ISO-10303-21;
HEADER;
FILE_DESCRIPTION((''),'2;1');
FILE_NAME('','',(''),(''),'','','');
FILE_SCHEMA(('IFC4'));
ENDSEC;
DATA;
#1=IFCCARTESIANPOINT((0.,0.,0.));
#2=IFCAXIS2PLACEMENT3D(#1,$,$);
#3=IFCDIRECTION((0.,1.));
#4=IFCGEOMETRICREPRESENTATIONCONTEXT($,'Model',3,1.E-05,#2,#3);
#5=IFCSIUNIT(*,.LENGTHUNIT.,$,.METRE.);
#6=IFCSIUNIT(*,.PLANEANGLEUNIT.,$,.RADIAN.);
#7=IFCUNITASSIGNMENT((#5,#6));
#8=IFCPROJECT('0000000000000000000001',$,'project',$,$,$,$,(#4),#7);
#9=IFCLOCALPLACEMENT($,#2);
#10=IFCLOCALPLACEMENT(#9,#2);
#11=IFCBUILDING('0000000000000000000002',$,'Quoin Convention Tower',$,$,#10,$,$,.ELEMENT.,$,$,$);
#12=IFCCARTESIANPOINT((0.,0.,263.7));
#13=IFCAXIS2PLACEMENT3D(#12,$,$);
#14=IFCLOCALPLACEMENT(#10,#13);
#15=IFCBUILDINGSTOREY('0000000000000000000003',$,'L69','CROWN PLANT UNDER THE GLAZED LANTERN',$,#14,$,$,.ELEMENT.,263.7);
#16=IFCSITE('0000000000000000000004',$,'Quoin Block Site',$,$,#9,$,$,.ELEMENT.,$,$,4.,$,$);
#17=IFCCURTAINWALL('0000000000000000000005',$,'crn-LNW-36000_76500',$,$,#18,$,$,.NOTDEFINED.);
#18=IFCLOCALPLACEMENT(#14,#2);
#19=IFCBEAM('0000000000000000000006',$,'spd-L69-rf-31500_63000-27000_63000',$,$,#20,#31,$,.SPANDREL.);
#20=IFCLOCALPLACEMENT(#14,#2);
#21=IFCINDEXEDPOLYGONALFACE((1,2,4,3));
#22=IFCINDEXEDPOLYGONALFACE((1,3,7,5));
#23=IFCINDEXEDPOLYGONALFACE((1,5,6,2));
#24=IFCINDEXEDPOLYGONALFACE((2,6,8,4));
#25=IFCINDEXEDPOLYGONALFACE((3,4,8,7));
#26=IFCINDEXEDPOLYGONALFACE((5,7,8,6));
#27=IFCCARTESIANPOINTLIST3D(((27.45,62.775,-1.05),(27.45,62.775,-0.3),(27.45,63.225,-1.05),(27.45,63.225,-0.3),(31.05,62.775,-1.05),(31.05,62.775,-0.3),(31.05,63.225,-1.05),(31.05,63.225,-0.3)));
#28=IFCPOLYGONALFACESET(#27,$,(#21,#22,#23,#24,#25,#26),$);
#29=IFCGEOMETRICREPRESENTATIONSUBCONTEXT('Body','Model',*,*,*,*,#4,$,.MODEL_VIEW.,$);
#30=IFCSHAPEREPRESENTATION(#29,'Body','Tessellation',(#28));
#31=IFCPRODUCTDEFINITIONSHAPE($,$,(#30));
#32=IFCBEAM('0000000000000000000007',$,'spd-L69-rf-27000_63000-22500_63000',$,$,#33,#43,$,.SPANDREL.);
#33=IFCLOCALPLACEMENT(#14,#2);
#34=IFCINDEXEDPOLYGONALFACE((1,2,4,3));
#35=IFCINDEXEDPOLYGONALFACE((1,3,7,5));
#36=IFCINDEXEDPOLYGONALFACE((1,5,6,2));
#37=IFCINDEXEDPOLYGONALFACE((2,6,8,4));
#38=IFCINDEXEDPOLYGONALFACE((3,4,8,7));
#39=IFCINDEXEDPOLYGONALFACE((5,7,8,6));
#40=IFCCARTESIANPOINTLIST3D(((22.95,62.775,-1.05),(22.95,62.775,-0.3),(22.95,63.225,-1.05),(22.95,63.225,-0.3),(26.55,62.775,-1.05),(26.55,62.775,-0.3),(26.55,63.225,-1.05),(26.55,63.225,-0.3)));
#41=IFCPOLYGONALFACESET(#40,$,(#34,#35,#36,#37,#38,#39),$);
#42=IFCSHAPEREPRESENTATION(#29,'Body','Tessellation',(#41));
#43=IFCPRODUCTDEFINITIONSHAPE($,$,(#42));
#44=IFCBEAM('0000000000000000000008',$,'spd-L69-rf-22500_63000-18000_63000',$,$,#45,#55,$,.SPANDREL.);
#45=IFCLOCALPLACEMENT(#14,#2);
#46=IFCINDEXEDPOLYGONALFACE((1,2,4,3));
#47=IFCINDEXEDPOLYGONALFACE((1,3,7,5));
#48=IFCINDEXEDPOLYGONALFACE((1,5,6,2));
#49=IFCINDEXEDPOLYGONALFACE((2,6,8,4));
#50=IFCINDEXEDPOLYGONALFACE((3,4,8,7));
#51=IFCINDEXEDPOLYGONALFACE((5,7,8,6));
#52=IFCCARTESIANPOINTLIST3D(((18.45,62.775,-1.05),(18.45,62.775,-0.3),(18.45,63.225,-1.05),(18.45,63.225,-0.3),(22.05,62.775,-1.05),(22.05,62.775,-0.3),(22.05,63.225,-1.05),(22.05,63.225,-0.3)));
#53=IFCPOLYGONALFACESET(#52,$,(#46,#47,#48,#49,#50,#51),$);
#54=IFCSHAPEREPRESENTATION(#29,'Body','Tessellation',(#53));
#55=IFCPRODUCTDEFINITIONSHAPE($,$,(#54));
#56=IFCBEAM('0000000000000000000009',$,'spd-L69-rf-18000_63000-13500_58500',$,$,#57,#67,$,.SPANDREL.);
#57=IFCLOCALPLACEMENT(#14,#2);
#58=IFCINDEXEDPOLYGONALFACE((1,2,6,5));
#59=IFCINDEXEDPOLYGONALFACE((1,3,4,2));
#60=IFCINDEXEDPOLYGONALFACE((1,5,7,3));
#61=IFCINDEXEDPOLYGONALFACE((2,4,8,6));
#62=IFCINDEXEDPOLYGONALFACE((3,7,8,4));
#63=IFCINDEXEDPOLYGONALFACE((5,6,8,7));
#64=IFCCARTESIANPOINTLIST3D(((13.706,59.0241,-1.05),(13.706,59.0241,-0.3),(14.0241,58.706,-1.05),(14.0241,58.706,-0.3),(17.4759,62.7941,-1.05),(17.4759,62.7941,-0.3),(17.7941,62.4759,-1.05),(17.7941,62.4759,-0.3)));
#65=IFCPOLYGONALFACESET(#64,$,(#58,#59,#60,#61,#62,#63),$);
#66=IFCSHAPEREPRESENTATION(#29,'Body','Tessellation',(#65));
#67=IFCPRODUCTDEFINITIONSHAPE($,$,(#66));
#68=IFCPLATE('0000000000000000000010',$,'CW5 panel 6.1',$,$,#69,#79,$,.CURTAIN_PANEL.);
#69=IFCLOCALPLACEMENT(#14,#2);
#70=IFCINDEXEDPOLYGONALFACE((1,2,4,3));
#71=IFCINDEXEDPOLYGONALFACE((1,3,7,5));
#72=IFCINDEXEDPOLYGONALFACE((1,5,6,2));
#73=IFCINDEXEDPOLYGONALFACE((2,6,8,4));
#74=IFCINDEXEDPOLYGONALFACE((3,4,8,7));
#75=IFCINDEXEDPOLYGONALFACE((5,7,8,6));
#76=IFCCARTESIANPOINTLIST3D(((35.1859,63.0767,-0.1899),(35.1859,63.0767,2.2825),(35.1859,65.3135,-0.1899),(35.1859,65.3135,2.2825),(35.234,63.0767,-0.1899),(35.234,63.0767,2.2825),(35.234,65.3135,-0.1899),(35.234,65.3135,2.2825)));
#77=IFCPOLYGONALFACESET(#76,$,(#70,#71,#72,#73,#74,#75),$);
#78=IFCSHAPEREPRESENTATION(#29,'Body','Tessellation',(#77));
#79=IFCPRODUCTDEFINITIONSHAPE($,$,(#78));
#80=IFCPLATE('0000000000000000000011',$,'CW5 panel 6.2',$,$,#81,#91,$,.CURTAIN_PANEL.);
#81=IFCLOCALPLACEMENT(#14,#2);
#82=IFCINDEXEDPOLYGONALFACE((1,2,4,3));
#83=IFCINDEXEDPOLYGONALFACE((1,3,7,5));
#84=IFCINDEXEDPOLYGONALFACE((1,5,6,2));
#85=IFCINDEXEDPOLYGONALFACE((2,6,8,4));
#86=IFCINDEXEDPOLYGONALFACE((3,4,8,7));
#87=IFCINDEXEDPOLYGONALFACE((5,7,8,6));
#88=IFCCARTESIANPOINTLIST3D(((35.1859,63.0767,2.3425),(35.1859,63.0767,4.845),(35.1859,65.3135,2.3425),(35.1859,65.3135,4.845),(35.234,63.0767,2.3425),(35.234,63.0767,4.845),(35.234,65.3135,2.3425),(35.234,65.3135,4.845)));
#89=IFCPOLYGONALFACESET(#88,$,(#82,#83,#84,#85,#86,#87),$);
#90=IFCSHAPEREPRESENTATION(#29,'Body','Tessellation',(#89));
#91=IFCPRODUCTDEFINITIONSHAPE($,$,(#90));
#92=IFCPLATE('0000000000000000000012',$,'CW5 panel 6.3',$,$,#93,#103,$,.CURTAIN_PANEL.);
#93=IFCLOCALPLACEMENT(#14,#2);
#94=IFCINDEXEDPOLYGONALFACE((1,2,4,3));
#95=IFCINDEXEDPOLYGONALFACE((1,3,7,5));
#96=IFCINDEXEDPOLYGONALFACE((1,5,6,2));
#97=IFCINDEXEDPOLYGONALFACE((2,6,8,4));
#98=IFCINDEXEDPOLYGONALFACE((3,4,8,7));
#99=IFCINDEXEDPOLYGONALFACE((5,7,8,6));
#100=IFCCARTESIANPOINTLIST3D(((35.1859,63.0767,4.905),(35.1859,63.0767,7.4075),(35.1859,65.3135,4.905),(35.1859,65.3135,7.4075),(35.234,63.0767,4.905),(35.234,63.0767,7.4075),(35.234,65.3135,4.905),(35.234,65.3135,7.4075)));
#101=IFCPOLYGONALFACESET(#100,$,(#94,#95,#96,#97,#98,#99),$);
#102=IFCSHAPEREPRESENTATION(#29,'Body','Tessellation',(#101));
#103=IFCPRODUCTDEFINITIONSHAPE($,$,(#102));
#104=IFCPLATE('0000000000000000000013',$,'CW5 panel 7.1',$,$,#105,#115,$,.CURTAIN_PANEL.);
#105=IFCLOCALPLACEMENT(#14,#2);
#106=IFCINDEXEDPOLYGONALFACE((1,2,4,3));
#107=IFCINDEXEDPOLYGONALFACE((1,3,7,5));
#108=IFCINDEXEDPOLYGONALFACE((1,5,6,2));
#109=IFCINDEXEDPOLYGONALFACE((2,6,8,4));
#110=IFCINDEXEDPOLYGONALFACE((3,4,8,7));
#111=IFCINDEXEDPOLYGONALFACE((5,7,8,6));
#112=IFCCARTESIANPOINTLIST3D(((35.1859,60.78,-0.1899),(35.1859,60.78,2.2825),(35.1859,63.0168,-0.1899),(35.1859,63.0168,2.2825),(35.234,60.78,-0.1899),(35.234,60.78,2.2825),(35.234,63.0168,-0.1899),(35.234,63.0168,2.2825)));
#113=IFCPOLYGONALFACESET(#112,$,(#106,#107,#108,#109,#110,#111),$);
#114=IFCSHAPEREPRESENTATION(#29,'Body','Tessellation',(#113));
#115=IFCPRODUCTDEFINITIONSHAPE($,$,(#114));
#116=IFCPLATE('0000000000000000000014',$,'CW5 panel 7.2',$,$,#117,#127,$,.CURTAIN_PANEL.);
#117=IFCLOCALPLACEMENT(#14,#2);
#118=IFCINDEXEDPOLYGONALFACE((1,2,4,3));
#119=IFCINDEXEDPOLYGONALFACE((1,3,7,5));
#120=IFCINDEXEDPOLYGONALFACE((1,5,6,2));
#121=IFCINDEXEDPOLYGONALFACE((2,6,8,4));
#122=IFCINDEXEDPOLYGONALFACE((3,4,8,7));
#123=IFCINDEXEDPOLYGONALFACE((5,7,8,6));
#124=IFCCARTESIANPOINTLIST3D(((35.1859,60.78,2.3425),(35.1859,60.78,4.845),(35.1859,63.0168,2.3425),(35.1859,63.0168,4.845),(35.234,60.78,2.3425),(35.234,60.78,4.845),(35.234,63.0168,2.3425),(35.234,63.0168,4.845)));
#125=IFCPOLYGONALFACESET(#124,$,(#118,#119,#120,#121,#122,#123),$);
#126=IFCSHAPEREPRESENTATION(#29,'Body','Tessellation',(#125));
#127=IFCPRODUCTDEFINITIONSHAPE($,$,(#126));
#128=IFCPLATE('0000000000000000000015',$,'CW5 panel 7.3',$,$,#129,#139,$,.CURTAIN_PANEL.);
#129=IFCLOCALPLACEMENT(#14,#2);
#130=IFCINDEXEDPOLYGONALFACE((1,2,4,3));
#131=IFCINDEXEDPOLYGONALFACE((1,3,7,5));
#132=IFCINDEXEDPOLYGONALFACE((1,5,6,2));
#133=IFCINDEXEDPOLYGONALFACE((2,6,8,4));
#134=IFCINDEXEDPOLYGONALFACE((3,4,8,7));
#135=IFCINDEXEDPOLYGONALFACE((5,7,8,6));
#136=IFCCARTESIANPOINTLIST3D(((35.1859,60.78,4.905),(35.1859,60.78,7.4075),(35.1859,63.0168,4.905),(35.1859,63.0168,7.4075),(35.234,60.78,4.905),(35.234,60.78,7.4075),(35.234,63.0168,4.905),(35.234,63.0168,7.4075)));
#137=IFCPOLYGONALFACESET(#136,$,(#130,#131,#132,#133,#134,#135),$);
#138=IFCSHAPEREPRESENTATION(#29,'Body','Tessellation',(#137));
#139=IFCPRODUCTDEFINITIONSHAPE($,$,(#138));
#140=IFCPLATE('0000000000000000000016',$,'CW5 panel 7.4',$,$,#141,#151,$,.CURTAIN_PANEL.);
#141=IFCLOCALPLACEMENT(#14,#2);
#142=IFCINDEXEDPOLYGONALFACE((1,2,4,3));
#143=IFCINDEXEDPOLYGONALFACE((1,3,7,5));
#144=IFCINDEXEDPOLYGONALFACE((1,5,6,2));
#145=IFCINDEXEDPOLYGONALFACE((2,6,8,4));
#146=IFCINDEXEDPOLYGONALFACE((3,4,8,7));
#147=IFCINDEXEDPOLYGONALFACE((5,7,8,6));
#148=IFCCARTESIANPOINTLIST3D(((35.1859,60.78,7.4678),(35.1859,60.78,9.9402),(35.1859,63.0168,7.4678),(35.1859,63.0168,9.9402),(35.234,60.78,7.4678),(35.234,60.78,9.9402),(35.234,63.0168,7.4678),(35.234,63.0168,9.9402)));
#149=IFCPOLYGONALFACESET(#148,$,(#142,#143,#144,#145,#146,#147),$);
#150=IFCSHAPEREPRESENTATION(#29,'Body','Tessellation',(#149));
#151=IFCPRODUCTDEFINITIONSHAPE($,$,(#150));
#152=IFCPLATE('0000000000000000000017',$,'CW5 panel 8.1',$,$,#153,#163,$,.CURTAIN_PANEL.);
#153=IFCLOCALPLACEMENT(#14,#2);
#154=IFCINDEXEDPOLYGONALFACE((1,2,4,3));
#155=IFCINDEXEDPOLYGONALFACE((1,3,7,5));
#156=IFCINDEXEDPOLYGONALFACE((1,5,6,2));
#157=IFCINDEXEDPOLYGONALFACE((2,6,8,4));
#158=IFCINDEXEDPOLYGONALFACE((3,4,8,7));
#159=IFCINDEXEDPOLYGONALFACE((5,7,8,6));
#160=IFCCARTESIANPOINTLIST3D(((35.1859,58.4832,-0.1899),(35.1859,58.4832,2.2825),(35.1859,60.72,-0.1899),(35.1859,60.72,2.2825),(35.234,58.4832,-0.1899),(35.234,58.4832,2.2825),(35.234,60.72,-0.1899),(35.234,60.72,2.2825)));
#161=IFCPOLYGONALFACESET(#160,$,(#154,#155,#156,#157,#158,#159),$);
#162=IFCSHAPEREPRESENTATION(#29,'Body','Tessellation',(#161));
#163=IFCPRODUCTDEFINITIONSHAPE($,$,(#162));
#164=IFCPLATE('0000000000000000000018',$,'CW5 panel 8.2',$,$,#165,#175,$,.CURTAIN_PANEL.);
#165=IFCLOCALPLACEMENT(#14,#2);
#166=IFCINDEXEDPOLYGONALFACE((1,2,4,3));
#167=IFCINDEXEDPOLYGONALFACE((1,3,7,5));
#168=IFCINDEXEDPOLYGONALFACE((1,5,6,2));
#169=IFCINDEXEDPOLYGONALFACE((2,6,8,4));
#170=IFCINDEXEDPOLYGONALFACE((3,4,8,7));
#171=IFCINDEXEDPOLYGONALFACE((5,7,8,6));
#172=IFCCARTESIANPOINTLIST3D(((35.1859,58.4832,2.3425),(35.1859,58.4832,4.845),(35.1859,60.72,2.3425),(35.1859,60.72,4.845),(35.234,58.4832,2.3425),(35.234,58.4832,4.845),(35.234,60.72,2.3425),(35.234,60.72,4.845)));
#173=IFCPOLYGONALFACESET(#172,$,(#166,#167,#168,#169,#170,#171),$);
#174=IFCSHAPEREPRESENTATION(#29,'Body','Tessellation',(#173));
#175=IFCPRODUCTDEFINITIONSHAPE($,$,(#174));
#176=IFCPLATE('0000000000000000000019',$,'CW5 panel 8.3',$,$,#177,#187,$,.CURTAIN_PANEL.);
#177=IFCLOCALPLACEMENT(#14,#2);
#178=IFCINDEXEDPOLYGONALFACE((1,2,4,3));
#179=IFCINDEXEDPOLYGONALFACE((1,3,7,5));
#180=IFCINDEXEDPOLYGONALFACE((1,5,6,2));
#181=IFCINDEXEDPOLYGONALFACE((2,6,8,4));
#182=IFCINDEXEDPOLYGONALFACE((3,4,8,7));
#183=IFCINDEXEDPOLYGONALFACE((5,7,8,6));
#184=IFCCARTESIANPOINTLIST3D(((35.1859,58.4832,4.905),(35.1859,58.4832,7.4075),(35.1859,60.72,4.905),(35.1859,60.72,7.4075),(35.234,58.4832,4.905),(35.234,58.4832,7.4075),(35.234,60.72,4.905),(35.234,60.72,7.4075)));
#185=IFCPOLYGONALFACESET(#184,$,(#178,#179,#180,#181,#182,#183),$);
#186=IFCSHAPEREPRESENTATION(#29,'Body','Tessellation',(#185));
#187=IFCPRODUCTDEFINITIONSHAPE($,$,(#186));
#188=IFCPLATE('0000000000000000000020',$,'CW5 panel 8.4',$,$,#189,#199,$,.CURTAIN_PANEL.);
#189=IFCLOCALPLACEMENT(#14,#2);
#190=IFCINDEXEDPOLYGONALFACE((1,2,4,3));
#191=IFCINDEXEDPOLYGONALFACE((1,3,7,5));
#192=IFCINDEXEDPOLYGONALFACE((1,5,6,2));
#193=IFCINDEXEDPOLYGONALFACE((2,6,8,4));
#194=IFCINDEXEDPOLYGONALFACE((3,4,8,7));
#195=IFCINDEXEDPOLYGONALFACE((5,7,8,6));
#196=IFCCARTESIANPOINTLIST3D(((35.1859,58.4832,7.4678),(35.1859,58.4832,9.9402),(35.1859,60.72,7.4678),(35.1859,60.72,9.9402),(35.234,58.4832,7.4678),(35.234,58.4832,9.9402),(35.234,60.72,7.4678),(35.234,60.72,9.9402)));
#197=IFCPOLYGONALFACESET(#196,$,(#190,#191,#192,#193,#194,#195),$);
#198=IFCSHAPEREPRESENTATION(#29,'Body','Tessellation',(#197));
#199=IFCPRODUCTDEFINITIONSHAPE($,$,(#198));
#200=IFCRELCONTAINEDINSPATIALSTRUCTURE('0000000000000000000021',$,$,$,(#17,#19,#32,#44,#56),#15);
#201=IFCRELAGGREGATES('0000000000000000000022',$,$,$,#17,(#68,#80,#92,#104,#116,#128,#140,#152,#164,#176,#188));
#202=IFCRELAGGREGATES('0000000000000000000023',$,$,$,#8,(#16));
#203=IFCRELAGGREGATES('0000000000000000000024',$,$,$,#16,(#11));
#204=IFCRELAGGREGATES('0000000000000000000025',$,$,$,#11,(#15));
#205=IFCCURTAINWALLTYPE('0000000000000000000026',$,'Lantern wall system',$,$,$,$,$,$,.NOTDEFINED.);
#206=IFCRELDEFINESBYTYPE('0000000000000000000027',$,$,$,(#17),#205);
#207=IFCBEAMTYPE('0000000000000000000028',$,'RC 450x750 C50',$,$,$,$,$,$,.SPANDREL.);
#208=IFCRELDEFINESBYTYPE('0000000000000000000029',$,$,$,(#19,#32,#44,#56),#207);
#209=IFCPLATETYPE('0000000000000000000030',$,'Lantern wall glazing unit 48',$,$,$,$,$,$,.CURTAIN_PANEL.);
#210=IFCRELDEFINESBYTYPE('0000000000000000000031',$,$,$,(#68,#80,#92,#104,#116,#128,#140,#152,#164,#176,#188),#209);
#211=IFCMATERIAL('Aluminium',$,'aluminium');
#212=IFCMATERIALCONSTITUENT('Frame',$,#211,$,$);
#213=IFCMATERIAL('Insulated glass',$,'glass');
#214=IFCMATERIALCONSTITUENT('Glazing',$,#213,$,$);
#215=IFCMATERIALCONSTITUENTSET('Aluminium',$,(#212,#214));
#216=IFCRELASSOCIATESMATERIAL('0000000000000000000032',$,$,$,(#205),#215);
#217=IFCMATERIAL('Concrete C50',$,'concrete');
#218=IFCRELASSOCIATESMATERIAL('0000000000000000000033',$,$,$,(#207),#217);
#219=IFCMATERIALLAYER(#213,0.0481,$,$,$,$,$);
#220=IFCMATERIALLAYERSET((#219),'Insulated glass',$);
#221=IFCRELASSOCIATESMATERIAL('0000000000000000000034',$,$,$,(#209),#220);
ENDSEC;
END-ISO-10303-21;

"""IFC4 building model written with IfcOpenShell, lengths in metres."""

from ifc_helpers import new_model, si_unit, direction, frame, origin, origin_2d, place, context, subcontext, project, spatial, rectangle, extrude, material, layer, layer_set, constituent, constituent_set, material_profile, profile_set, type_object, element, aggregate, save


model = new_model("IFC4")

# Units and contexts
model_context = context("Model", 3, precision=1e-05, world=origin(), true_north=direction((0.0, 1.0)))
body_context = subcontext(model_context, "Body", "Model", "MODEL_VIEW")
ifc_project = project(units=[si_unit("LENGTHUNIT", "METRE"), si_unit("PLANEANGLEUNIT", "RADIAN")], contexts=[model_context])

# Site, building, storey
site_placement = place(None, origin())
site = spatial("IfcSite", under=ifc_project, at=site_placement, Name="Quoin Block Site", CompositionType="ELEMENT", RefElevation=4.0)
building_placement = place(site_placement, origin())
building = spatial("IfcBuilding", under=site, at=building_placement, Name="Quoin Convention Tower", CompositionType="ELEMENT")
storey_placement = place(building_placement, frame((0.0, 0.0, 263.7)))
storey = spatial("IfcBuildingStorey", under=building, at=storey_placement, Name="L69", Description="CROWN PLANT UNDER THE GLAZED LANTERN", CompositionType="ELEMENT", Elevation=263.7)

# Curtain wall
ifc_material_1 = material(Name="Aluminium", Category="aluminium")
ifc_constituent_1 = constituent(ifc_material_1, Name="Frame")
ifc_material_2 = material(Name="Insulated glass", Category="glass")
ifc_constituent_2 = constituent(ifc_material_2, Name="Glazing")
ifc_constituent_set = constituent_set(constituents=[ifc_constituent_1, ifc_constituent_2], Name="Aluminium")
curtain_wall_type = type_object("IfcCurtainWallType", Name="Lantern wall system", PredefinedType="NOTDEFINED", material=ifc_constituent_set)
curtain_wall_placement = place(storey_placement, origin())
curtain_wall = element("IfcCurtainWall", 1, at=curtain_wall_placement, inside=storey, type_object=curtain_wall_type, Name="crn-LNW-36000_76500", PredefinedType="NOTDEFINED")

# Beams
ifc_material_3 = material(Name="Concrete C50", Category="concrete")
ifc_material_profile_1 = material_profile(ifc_material_3, rectangle(XDim=0.45, YDim=0.75, at=origin_2d()), Name="RC 450x750")
ifc_profile_set_1 = profile_set([ifc_material_profile_1], Name="Concrete C50")
beam_type = type_object("IfcBeamType", Name="RC 450x750 C50", PredefinedType="SPANDREL", material=ifc_profile_set_1)
for number, where, z_axis, x_axis, name in (
    (2, (31.05, 63.0, -0.675), (-1.0, 0.0, 0.0), (0.0, -1.0, 0.0), "spd-L69-rf-31500_63000-27000_63000"),
    (3, (26.55, 63.0, -0.675), (-1.0, 0.0, 0.0), (0.0, -1.0, 0.0), "spd-L69-rf-27000_63000-22500_63000"),
    (4, (22.05, 63.0, -0.675), (-1.0, 0.0, 0.0), (0.0, -1.0, 0.0), "spd-L69-rf-22500_63000-18000_63000"),
):
    element("IfcBeam", number, at=place(storey_placement, frame(where, z_axis=z_axis, x_axis=x_axis)), inside=storey, type_object=beam_type, Name=name, PredefinedType="SPANDREL", context=body_context, shape_type="SweptSolid", body=[
        extrude(rectangle(XDim=0.45, YDim=0.75, at=origin_2d()), origin(), (0.0, 0.0, 1.0), 3.6001),
    ])
beam_placement = place(storey_placement, frame((17.635, 62.635, -0.675), z_axis=(-0.707107, -0.707107, 0.0), x_axis=(0.707107, -0.707107, 0.0)))
element("IfcBeam", 5, at=beam_placement, inside=storey, type_object=beam_type, Name="spd-L69-rf-18000_63000-13500_58500", PredefinedType="SPANDREL", context=body_context, shape_type="SweptSolid", body=[
    extrude(rectangle(XDim=0.45, YDim=0.75, at=origin_2d()), origin(), (0.0, 0.0, 1.0), 5.3315),
])

# Plates
ifc_layer_1 = layer(ifc_material_2, 0.0481)
ifc_layer_set_1 = layer_set([ifc_layer_1], Name="Insulated glass")
plate_type = type_object("IfcPlateType", Name="Lantern wall glazing unit 48", PredefinedType="CURTAIN_PANEL", material=ifc_layer_set_1)
plate_1_placement = place(storey_placement, frame((35.21, 64.1951, -0.1899), z_axis=(0.0, 0.0, 1.0), x_axis=(0.0, -1.0, 0.0)))
plate_1 = element("IfcPlate", 6, at=plate_1_placement, type_object=plate_type, Name="CW5 panel 6.1", PredefinedType="CURTAIN_PANEL", context=body_context, shape_type="SweptSolid", body=[
    extrude(rectangle(XDim=2.2368, YDim=0.0481, at=origin_2d()), origin(), (0.0, 0.0, 1.0), 2.4724),
])
plate_2_placement = place(storey_placement, frame((35.21, 64.1951, 2.3425), z_axis=(0.0, 0.0, 1.0), x_axis=(0.0, -1.0, 0.0)))
plate_2 = element("IfcPlate", 7, at=plate_2_placement, type_object=plate_type, Name="CW5 panel 6.2", PredefinedType="CURTAIN_PANEL", context=body_context, shape_type="SweptSolid", body=[
    extrude(rectangle(XDim=2.2368, YDim=0.0481, at=origin_2d()), origin(), (0.0, 0.0, 1.0), 2.5024),
])
plate_3_placement = place(storey_placement, frame((35.21, 64.1951, 4.905), z_axis=(0.0, 0.0, 1.0), x_axis=(0.0, -1.0, 0.0)))
plate_3 = element("IfcPlate", 8, at=plate_3_placement, type_object=plate_type, Name="CW5 panel 6.3", PredefinedType="CURTAIN_PANEL", context=body_context, shape_type="SweptSolid", body=[
    extrude(rectangle(XDim=2.2368, YDim=0.0481, at=origin_2d()), origin(), (0.0, 0.0, 1.0), 2.5024),
])
plate_4_placement = place(storey_placement, frame((35.21, 61.8984, -0.1899), z_axis=(0.0, 0.0, 1.0), x_axis=(0.0, -1.0, 0.0)))
plate_4 = element("IfcPlate", 9, at=plate_4_placement, type_object=plate_type, Name="CW5 panel 7.1", PredefinedType="CURTAIN_PANEL", context=body_context, shape_type="SweptSolid", body=[
    extrude(rectangle(XDim=2.2368, YDim=0.0481, at=origin_2d()), origin(), (0.0, 0.0, 1.0), 2.4724),
])
plate_5_placement = place(storey_placement, frame((35.21, 61.8984, 2.3425), z_axis=(0.0, 0.0, 1.0), x_axis=(0.0, -1.0, 0.0)))
plate_5 = element("IfcPlate", 10, at=plate_5_placement, type_object=plate_type, Name="CW5 panel 7.2", PredefinedType="CURTAIN_PANEL", context=body_context, shape_type="SweptSolid", body=[
    extrude(rectangle(XDim=2.2368, YDim=0.0481, at=origin_2d()), origin(), (0.0, 0.0, 1.0), 2.5024),
])
plate_6_placement = place(storey_placement, frame((35.21, 61.8984, 4.905), z_axis=(0.0, 0.0, 1.0), x_axis=(0.0, -1.0, 0.0)))
plate_6 = element("IfcPlate", 11, at=plate_6_placement, type_object=plate_type, Name="CW5 panel 7.3", PredefinedType="CURTAIN_PANEL", context=body_context, shape_type="SweptSolid", body=[
    extrude(rectangle(XDim=2.2368, YDim=0.0481, at=origin_2d()), origin(), (0.0, 0.0, 1.0), 2.5024),
])
plate_7_placement = place(storey_placement, frame((35.21, 61.8984, 7.4678), z_axis=(0.0, 0.0, 1.0), x_axis=(0.0, -1.0, 0.0)))
plate_7 = element("IfcPlate", 12, at=plate_7_placement, type_object=plate_type, Name="CW5 panel 7.4", PredefinedType="CURTAIN_PANEL", context=body_context, shape_type="SweptSolid", body=[
    extrude(rectangle(XDim=2.2368, YDim=0.0481, at=origin_2d()), origin(), (0.0, 0.0, 1.0), 2.4724),
])
plate_8_placement = place(storey_placement, frame((35.21, 59.6016, -0.1899), z_axis=(0.0, 0.0, 1.0), x_axis=(0.0, -1.0, 0.0)))
plate_8 = element("IfcPlate", 13, at=plate_8_placement, type_object=plate_type, Name="CW5 panel 8.1", PredefinedType="CURTAIN_PANEL", context=body_context, shape_type="SweptSolid", body=[
    extrude(rectangle(XDim=2.2368, YDim=0.0481, at=origin_2d()), origin(), (0.0, 0.0, 1.0), 2.4724),
])
plate_9_placement = place(storey_placement, frame((35.21, 59.6016, 2.3425), z_axis=(0.0, 0.0, 1.0), x_axis=(0.0, -1.0, 0.0)))
plate_9 = element("IfcPlate", 14, at=plate_9_placement, type_object=plate_type, Name="CW5 panel 8.2", PredefinedType="CURTAIN_PANEL", context=body_context, shape_type="SweptSolid", body=[
    extrude(rectangle(XDim=2.2368, YDim=0.0481, at=origin_2d()), origin(), (0.0, 0.0, 1.0), 2.5024),
])
plate_10_placement = place(storey_placement, frame((35.21, 59.6016, 4.905), z_axis=(0.0, 0.0, 1.0), x_axis=(0.0, -1.0, 0.0)))
plate_10 = element("IfcPlate", 15, at=plate_10_placement, type_object=plate_type, Name="CW5 panel 8.3", PredefinedType="CURTAIN_PANEL", context=body_context, shape_type="SweptSolid", body=[
    extrude(rectangle(XDim=2.2368, YDim=0.0481, at=origin_2d()), origin(), (0.0, 0.0, 1.0), 2.5024),
])
plate_11_placement = place(storey_placement, frame((35.21, 59.6016, 7.4678), z_axis=(0.0, 0.0, 1.0), x_axis=(0.0, -1.0, 0.0)))
plate_11 = element("IfcPlate", 16, at=plate_11_placement, type_object=plate_type, Name="CW5 panel 8.4", PredefinedType="CURTAIN_PANEL", context=body_context, shape_type="SweptSolid", body=[
    extrude(rectangle(XDim=2.2368, YDim=0.0481, at=origin_2d()), origin(), (0.0, 0.0, 1.0), 2.4724),
])
aggregate(curtain_wall, [plate_1, plate_2, plate_3, plate_4, plate_5, plate_6, plate_7, plate_8, plate_9, plate_10, plate_11])

save(model, "model.ifc")
